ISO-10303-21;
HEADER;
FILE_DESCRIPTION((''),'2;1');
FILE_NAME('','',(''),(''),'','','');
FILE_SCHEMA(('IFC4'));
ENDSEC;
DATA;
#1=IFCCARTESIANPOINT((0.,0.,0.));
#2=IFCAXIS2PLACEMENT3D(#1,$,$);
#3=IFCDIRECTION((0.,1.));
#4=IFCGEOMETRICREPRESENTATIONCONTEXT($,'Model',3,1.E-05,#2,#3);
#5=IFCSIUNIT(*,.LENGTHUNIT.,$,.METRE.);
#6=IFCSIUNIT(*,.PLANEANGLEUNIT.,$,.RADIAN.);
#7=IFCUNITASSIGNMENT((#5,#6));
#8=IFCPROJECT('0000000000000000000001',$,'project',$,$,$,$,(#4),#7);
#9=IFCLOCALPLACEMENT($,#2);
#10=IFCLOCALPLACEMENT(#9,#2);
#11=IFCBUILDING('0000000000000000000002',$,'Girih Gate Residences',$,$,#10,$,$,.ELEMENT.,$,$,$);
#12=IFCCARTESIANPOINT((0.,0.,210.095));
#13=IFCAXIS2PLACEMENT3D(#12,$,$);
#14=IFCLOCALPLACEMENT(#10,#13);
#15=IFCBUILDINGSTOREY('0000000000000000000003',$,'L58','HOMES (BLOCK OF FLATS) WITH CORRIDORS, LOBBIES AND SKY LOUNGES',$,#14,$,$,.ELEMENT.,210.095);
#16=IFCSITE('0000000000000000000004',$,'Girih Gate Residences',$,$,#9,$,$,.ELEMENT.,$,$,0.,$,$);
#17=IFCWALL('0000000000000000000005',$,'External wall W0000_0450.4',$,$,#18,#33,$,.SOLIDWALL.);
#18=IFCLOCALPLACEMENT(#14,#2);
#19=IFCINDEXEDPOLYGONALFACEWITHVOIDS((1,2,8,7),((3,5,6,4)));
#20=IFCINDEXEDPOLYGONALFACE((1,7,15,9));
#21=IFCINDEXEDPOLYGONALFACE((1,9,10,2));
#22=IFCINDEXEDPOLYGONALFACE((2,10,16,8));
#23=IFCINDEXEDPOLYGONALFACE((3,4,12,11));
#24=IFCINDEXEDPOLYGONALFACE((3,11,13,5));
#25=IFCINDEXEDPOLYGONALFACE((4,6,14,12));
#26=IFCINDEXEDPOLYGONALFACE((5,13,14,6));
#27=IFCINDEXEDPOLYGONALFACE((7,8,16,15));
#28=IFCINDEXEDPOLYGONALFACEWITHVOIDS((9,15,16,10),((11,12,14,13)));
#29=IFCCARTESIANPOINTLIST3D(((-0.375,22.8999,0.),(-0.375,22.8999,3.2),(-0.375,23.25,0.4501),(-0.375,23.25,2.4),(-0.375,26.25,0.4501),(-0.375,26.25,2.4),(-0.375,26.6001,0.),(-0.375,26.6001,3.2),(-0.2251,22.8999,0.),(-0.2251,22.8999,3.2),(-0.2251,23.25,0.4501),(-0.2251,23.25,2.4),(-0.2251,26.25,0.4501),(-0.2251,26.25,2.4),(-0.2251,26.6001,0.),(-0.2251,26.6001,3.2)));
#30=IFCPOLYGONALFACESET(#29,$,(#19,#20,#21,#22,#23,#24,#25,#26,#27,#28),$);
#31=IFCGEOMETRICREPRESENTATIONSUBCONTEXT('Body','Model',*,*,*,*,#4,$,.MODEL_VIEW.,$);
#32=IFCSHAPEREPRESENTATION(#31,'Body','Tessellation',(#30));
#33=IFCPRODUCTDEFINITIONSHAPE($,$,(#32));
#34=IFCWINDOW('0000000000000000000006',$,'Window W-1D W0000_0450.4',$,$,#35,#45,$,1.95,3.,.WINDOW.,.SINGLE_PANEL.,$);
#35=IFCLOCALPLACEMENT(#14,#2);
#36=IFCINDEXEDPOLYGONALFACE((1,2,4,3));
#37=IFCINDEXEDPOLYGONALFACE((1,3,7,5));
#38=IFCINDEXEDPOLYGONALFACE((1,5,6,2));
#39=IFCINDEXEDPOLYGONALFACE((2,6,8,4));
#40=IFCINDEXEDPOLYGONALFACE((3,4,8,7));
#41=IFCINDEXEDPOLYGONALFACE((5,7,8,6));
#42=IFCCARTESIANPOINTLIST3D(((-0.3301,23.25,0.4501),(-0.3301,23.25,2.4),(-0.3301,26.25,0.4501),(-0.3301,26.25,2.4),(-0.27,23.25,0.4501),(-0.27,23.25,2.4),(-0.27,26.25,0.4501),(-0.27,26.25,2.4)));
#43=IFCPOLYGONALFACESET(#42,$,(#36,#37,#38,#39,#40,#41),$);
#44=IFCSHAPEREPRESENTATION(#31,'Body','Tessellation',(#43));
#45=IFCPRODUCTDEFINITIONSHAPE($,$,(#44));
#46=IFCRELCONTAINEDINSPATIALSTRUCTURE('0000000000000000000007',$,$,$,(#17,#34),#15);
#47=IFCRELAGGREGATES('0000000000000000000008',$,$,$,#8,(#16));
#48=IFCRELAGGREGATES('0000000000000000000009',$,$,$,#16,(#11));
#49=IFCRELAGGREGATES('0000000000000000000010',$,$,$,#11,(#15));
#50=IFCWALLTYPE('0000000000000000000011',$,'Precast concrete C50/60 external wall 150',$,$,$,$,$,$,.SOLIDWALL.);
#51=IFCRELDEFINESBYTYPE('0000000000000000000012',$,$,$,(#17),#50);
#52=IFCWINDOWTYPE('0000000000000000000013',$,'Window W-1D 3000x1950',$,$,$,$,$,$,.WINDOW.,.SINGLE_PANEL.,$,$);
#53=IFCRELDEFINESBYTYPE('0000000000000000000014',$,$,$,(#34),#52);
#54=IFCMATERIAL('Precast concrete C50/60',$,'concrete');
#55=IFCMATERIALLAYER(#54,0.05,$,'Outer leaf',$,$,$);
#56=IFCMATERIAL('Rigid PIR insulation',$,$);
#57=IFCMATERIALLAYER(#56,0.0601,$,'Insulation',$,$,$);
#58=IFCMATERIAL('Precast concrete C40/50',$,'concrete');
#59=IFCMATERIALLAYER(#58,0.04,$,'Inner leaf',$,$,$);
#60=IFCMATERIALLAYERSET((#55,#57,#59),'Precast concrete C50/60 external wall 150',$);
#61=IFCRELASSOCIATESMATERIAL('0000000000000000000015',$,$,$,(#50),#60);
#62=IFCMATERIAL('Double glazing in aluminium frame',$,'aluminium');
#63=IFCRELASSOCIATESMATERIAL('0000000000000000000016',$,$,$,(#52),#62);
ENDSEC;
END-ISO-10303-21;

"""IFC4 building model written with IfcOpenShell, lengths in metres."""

from ifc_helpers import new_model, si_unit, direction, frame, frame_2d, origin, place, context, subcontext, project, spatial, rectangle, extrude, material, layer, layer_set, type_object, element, fill, save


model = new_model("IFC4")

# Units and contexts
model_context = context("Model", 3, precision=1e-05, world=origin(), true_north=direction((0.0, 1.0)))
body_context = subcontext(model_context, "Body", "Model", "MODEL_VIEW")
ifc_project = project(units=[si_unit("LENGTHUNIT", "METRE"), si_unit("PLANEANGLEUNIT", "RADIAN")], contexts=[model_context])

# Site, building, storey
site_placement = place(None, origin())
site = spatial("IfcSite", under=ifc_project, at=site_placement, Name="Girih Gate Residences", CompositionType="ELEMENT", RefElevation=0.0)
building_placement = place(site_placement, origin())
building = spatial("IfcBuilding", under=site, at=building_placement, Name="Girih Gate Residences", CompositionType="ELEMENT")
storey_placement = place(building_placement, frame((0.0, 0.0, 210.095)))
storey = spatial("IfcBuildingStorey", under=building, at=storey_placement, Name="L58", Description="HOMES (BLOCK OF FLATS) WITH CORRIDORS, LOBBIES AND SKY LOUNGES", CompositionType="ELEMENT", Elevation=210.095)

# Wall, opening, window
ifc_material_1 = material(Name="Precast concrete C50/60", Category="concrete")
ifc_layer_1 = layer(ifc_material_1, 0.05, Name="Outer leaf")
ifc_material_2 = material(Name="Rigid PIR insulation")
ifc_layer_2 = layer(ifc_material_2, 0.0601, Name="Insulation")
ifc_material_3 = material(Name="Precast concrete C40/50", Category="concrete")
ifc_layer_3 = layer(ifc_material_3, 0.04, Name="Inner leaf")
ifc_layer_set_1 = layer_set([ifc_layer_1, ifc_layer_2, ifc_layer_3], Name="Precast concrete C50/60 external wall 150")
wall_type_1 = type_object("IfcWallType", Name="Precast concrete C50/60 external wall 150", PredefinedType="SOLIDWALL", material=ifc_layer_set_1)
ifc_material_4 = material(Name="Double glazing in aluminium frame", Category="aluminium")
window_type = type_object("IfcWindowType", Name="Window W-1D 3000x1950", PartitioningType="SINGLE_PANEL", PredefinedType="WINDOW", material=ifc_material_4)
wall_1_placement = place(storey_placement, frame((-0.3, 22.8999, 0.0), z_axis=(0.0, 0.0, 1.0), x_axis=(0.0, 1.0, 0.0)))
wall_1 = element("IfcWall", 1, at=wall_1_placement, inside=storey, type_object=wall_type_1, Name="External wall W0000_0450.4", PredefinedType="SOLIDWALL", context=body_context, shape_type="SweptSolid", body=[
    extrude(rectangle(XDim=3.7002, YDim=0.1499, at=frame_2d((1.8501, 0.0))), origin(), (0.0, 0.0, 1.0), 3.2),
])
opening_1_placement = place(wall_1_placement, frame((0.3501, 0.0, 0.45)))
opening_1 = element("IfcOpeningElement", 2, at=opening_1_placement, cuts=wall_1, PredefinedType="OPENING", context=body_context, shape_type="SweptSolid", body=[
    extrude(rectangle(XDim=3.0, YDim=1.95, at=frame_2d((1.5, 0.9751))), frame((0.0, 0.085, 0.0), z_axis=(0.0, -1.0, 0.0), x_axis=(1.0, 0.0, 0.0)), (0.0, 0.0, 1.0), 0.1699),
])
window_1_placement = place(opening_1_placement, origin())
window_1 = element("IfcWindow", 3, at=window_1_placement, inside=storey, type_object=window_type, Name="Window W-1D W0000_0450.4", OverallHeight=1.95, OverallWidth=3.0, PartitioningType="SINGLE_PANEL", PredefinedType="WINDOW", context=body_context, shape_type="SweptSolid", body=[
    extrude(rectangle(XDim=3.0, YDim=1.95, at=frame_2d((1.5, 0.9751))), frame((0.0, 0.03, 0.0), z_axis=(0.0, -1.0, 0.0), x_axis=(1.0, 0.0, 0.0)), (0.0, 0.0, 1.0), 0.0601),
])
fill(opening_1, window_1)

save(model, "model.ifc")
